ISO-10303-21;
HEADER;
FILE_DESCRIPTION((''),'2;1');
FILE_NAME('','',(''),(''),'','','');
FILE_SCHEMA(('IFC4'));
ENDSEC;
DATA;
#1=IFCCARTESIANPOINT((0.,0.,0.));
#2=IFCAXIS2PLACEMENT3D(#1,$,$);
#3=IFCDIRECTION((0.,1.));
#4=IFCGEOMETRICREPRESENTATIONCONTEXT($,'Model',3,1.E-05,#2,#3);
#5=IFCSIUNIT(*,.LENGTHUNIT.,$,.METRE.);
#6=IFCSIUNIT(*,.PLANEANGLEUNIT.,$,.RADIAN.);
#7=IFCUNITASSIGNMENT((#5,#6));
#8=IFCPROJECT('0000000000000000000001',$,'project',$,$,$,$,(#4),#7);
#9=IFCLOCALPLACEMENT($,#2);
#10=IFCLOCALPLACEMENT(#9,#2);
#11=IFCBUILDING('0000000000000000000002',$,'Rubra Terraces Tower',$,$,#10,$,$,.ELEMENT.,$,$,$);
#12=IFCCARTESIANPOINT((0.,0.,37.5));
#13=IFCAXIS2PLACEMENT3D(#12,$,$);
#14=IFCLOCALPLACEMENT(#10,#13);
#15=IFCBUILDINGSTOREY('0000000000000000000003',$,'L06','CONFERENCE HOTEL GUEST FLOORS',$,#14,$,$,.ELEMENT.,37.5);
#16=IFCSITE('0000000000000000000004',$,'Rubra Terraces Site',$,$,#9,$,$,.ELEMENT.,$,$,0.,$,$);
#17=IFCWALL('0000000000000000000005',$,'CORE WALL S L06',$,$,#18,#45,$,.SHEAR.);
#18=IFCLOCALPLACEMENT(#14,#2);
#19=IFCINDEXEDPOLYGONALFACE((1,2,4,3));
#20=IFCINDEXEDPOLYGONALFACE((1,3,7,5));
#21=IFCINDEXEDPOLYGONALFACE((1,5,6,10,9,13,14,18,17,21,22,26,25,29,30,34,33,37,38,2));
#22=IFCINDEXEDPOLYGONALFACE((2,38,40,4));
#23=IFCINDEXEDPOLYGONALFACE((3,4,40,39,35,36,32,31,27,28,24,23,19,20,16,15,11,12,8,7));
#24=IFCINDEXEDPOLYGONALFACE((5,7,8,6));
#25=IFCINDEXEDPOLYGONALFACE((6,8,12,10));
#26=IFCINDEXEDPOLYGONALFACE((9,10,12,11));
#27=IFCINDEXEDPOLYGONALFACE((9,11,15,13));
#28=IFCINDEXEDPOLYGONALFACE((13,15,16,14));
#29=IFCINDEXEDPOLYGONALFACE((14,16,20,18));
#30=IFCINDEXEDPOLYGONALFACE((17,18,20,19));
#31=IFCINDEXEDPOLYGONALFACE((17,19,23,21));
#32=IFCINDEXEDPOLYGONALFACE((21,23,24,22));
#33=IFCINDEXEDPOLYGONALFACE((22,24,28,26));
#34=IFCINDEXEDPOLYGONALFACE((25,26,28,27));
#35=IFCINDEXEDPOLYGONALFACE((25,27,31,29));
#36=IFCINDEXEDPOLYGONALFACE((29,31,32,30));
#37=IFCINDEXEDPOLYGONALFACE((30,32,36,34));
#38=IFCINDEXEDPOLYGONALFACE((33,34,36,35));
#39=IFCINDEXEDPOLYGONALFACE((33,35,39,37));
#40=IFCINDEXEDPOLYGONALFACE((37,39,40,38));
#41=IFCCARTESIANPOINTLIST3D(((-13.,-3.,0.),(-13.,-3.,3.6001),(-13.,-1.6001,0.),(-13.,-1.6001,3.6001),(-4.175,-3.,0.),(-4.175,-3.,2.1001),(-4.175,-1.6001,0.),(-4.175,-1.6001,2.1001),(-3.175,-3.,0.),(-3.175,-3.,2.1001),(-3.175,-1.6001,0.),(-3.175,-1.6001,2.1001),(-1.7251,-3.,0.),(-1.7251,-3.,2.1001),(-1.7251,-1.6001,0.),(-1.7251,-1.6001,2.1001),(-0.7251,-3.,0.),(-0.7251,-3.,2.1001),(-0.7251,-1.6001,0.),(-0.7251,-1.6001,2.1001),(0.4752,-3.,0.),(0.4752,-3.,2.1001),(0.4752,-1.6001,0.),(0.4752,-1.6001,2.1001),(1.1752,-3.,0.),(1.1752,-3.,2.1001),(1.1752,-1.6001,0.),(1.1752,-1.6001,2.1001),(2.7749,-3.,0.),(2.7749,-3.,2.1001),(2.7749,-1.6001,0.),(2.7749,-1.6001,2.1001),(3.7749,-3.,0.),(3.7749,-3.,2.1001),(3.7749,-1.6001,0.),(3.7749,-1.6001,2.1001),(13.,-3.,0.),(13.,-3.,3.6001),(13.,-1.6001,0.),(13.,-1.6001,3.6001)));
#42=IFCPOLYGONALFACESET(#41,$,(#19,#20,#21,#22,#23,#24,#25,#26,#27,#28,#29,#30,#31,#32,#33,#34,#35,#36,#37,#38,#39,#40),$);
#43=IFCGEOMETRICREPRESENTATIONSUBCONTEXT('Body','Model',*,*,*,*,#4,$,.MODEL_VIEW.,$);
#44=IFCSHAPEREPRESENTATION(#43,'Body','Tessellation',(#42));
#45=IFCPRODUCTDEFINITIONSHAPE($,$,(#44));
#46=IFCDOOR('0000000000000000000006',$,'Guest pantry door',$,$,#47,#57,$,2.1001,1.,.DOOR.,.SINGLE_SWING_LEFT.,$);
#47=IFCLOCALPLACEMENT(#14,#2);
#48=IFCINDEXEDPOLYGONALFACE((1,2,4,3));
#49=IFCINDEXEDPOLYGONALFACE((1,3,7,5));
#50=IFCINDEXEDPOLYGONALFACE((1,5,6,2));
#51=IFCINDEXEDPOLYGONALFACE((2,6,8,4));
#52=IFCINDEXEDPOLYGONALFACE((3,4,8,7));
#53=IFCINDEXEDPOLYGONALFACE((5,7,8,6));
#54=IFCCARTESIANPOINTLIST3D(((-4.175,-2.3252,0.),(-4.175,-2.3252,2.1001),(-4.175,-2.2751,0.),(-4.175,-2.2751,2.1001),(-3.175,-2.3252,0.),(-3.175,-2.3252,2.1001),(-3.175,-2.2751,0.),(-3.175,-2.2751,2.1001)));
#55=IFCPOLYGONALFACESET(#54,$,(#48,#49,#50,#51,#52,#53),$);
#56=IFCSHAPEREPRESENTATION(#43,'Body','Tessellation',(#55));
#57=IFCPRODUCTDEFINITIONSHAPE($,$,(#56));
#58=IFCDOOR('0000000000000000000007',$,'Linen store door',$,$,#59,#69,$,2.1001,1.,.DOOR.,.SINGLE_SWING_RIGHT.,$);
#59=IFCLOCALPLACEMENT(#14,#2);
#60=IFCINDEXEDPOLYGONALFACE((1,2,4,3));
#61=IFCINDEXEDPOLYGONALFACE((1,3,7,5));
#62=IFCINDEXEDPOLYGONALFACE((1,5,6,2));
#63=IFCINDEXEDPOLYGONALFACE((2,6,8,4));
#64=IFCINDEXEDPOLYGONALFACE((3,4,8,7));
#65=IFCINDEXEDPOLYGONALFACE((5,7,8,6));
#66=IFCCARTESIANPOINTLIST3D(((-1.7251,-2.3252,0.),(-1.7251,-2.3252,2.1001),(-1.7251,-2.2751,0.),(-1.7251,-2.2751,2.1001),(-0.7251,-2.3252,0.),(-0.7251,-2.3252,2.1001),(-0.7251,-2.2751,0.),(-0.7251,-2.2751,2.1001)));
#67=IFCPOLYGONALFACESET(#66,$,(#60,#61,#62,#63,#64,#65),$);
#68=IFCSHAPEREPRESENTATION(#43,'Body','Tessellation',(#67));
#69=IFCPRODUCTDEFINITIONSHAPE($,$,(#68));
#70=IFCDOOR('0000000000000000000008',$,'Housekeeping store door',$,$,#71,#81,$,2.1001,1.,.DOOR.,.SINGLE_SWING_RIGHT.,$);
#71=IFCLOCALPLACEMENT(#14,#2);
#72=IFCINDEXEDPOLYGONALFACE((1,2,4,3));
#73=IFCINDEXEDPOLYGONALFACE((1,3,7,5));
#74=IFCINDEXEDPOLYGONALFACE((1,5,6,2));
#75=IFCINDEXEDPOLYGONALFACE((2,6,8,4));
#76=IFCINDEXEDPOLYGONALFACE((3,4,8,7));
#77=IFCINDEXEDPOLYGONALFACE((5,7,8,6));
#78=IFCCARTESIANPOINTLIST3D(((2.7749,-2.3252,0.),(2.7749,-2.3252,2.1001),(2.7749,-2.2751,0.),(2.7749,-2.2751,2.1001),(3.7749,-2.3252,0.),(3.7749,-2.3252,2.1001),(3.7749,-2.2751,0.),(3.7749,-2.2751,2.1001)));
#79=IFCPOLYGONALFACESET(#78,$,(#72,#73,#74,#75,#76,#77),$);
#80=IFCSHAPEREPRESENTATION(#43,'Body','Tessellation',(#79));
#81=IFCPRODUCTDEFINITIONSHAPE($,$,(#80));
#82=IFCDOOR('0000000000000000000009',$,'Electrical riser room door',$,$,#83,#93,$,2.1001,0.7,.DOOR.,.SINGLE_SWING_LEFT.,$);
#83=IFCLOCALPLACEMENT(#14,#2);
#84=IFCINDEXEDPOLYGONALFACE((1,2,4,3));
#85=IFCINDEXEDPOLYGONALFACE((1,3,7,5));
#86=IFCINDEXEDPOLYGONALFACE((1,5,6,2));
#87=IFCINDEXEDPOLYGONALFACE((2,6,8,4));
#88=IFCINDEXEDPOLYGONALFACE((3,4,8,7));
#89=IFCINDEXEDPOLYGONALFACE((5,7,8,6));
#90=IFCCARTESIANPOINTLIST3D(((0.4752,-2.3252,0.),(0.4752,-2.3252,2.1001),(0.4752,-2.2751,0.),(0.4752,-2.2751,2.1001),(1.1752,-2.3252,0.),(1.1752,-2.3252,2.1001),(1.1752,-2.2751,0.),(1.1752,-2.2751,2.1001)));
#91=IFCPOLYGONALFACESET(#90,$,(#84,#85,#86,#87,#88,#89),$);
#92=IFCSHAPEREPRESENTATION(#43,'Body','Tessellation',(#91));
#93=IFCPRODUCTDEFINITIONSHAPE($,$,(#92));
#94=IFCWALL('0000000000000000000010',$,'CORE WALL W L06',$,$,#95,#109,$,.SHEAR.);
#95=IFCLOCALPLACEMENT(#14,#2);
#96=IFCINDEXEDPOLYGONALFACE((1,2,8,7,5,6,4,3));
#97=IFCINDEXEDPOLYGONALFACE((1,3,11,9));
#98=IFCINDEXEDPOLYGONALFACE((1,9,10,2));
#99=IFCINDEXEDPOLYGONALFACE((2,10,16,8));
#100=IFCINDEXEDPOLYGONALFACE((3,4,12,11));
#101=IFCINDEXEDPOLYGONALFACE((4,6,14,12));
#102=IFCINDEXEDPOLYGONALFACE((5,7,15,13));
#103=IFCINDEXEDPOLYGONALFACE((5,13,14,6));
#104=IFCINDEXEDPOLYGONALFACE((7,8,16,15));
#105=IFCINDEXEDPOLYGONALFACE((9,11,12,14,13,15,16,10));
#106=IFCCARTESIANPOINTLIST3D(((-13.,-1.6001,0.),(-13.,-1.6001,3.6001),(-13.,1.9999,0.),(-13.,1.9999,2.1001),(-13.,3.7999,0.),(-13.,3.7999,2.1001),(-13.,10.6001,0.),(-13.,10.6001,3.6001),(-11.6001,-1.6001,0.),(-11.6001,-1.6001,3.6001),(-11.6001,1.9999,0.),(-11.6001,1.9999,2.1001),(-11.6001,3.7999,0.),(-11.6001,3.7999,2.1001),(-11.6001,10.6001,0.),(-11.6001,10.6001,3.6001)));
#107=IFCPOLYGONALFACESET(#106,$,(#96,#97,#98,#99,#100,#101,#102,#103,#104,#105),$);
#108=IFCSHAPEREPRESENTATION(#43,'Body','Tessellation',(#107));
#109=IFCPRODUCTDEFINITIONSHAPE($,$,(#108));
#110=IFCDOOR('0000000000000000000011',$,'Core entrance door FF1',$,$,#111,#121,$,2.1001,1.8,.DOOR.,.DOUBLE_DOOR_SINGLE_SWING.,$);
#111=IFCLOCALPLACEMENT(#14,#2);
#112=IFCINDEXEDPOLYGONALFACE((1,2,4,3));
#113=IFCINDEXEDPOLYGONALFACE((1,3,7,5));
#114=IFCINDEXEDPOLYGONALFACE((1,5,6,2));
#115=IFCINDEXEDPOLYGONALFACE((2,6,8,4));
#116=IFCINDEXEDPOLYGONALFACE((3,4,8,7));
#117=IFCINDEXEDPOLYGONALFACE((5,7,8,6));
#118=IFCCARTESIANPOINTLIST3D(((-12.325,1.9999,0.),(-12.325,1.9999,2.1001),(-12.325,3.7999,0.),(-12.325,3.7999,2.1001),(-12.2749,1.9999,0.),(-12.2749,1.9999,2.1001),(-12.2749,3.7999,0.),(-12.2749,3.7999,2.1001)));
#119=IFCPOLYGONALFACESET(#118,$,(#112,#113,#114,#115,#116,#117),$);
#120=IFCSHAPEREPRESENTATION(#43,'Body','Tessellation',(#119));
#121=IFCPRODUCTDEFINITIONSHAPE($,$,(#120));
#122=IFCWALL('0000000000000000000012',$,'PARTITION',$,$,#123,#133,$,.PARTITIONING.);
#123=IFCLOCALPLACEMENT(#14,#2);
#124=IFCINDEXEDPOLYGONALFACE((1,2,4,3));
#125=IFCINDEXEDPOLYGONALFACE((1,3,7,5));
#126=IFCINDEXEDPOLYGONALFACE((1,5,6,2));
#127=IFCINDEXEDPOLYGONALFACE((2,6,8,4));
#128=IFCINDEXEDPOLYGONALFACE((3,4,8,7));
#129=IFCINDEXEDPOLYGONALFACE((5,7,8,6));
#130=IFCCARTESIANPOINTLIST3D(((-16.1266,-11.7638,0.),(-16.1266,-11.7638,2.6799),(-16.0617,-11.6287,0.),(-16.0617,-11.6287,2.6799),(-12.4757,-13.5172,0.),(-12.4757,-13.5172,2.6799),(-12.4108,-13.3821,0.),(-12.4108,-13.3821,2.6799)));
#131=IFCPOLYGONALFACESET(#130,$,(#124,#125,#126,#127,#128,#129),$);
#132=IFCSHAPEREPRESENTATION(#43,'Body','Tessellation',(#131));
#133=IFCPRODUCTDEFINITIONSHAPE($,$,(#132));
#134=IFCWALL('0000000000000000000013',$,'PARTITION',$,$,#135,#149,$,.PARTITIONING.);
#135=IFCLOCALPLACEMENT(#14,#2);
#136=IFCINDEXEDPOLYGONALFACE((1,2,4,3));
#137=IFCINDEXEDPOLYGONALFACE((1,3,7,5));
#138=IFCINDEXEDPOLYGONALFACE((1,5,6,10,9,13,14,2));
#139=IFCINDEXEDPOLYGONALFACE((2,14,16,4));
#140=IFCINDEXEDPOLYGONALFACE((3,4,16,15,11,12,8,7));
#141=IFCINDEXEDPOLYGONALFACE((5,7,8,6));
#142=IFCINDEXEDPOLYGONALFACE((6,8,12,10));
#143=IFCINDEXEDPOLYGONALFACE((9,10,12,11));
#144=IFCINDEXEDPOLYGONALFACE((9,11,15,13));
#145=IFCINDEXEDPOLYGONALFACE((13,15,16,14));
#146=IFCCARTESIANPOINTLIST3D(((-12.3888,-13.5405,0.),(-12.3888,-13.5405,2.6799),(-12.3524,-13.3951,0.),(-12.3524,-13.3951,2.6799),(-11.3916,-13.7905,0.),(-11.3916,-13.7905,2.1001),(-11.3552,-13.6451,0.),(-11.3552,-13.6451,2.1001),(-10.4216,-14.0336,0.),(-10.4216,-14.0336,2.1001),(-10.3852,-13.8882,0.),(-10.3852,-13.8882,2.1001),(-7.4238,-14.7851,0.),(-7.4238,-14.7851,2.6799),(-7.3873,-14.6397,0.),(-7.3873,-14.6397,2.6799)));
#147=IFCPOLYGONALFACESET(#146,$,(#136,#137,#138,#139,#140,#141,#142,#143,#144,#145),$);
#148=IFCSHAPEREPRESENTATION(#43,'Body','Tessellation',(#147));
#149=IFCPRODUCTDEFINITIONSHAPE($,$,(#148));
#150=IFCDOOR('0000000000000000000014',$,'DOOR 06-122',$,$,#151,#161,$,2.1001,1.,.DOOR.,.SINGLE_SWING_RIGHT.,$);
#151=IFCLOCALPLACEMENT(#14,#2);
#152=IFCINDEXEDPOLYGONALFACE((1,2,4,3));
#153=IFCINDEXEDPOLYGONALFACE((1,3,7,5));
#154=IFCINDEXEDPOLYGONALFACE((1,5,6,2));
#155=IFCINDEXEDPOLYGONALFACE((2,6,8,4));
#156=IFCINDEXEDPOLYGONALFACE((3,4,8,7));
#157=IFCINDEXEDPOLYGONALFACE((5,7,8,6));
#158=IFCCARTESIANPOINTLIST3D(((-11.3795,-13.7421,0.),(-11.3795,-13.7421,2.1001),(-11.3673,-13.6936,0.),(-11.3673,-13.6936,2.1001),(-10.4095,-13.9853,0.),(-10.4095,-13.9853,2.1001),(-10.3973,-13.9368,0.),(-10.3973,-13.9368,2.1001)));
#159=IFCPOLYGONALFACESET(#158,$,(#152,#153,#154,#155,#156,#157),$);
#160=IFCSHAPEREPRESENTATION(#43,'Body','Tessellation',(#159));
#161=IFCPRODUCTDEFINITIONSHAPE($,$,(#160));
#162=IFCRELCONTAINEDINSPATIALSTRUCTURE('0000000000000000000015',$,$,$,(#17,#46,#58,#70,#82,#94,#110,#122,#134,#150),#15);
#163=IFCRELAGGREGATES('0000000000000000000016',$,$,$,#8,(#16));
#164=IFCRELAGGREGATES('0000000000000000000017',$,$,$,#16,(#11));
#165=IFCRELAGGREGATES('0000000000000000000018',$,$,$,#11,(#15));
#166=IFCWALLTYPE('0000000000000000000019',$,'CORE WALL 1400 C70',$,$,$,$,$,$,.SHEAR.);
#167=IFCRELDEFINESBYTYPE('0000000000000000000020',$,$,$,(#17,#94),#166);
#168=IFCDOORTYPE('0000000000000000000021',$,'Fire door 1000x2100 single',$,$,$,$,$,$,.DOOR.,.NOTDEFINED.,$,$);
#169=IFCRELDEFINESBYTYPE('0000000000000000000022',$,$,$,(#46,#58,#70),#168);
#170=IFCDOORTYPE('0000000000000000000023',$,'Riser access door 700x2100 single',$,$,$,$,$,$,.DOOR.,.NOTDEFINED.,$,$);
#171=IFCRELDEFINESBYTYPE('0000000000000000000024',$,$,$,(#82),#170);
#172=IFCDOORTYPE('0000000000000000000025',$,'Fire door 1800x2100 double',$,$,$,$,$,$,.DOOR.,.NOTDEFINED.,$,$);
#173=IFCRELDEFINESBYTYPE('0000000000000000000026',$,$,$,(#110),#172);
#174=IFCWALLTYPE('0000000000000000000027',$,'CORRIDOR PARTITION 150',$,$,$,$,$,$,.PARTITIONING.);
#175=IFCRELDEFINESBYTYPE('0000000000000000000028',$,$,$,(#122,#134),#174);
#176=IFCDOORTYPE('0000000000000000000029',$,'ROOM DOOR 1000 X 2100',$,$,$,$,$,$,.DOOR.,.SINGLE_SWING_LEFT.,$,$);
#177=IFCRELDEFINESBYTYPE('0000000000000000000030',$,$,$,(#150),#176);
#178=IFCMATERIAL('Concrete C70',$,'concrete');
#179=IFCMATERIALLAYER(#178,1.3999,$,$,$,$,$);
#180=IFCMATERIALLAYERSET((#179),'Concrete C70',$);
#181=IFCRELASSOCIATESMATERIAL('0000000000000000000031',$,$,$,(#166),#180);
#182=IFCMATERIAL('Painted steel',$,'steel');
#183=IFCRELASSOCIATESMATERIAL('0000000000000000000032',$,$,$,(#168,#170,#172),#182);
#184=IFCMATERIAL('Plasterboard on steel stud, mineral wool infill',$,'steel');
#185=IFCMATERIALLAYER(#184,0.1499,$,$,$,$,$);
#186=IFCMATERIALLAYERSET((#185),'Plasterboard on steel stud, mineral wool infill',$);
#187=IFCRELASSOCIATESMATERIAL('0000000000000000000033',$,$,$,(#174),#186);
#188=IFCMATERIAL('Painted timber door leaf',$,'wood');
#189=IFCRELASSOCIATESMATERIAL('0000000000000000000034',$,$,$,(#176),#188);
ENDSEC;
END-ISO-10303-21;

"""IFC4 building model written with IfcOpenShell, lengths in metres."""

from ifc_helpers import new_model, si_unit, direction, frame, frame_2d, origin, place, context, subcontext, project, spatial, rectangle, extrude, material, layer, layer_set, type_object, element, fill, save


model = new_model("IFC4")

# Units and contexts
model_context = context("Model", 3, precision=1e-05, world=origin(), true_north=direction((0.0, 1.0)))
body_context = subcontext(model_context, "Body", "Model", "MODEL_VIEW")
ifc_project = project(units=[si_unit("LENGTHUNIT", "METRE"), si_unit("PLANEANGLEUNIT", "RADIAN")], contexts=[model_context])

# Site, building, storey
site_placement = place(None, origin())
site = spatial("IfcSite", under=ifc_project, at=site_placement, Name="Rubra Terraces Site", CompositionType="ELEMENT", RefElevation=0.0)
building_placement = place(site_placement, origin())
building = spatial("IfcBuilding", under=site, at=building_placement, Name="Rubra Terraces Tower", CompositionType="ELEMENT")
storey_placement = place(building_placement, frame((0.0, 0.0, 37.5)))
storey = spatial("IfcBuildingStorey", under=building, at=storey_placement, Name="L06", Description="CONFERENCE HOTEL GUEST FLOORS", CompositionType="ELEMENT", Elevation=37.5)

# Wall, openings, doors
ifc_material_1 = material(Name="Concrete C70", Category="concrete")
ifc_layer_1 = layer(ifc_material_1, 1.3999)
ifc_layer_set_1 = layer_set([ifc_layer_1], Name="Concrete C70")
wall_type_1 = type_object("IfcWallType", Name="CORE WALL 1400 C70", PredefinedType="SHEAR", material=ifc_layer_set_1)
wall_1_placement = place(storey_placement, frame((-13.0, -2.3, 0.0), z_axis=(0.0, 0.0, 1.0), x_axis=(1.0, 0.0, 0.0)))
wall_1 = element("IfcWall", 1, at=wall_1_placement, inside=storey, type_object=wall_type_1, Name="CORE WALL S L06", PredefinedType="SHEAR", context=body_context, shape_type="SweptSolid", body=[
    extrude(rectangle(XDim=26.0, YDim=1.3999, at=frame_2d((13.0, 0.0))), origin(), (0.0, 0.0, 1.0), 3.6001),
])
opening_1_placement = place(wall_1_placement, frame((8.825, 0.0, 0.0)))
opening_1 = element("IfcOpeningElement", 2, at=opening_1_placement, cuts=wall_1, PredefinedType="OPENING", context=body_context, shape_type="SweptSolid", body=[
    extrude(rectangle(XDim=1.0, YDim=2.1001, at=frame_2d((0.5, 1.05))), frame((0.0, 0.71, 0.0), z_axis=(0.0, -1.0, 0.0), x_axis=(1.0, 0.0, 0.0)), (0.0, 0.0, 1.0), 1.4199),
])
opening_2_placement = place(wall_1_placement, frame((11.2749, 0.0, 0.0)))
opening_2 = element("IfcOpeningElement", 3, at=opening_2_placement, cuts=wall_1, PredefinedType="OPENING", context=body_context, shape_type="SweptSolid", body=[
    extrude(rectangle(XDim=1.0, YDim=2.1001, at=frame_2d((0.5, 1.05))), frame((0.0, 0.71, 0.0), z_axis=(0.0, -1.0, 0.0), x_axis=(1.0, 0.0, 0.0)), (0.0, 0.0, 1.0), 1.4199),
])
opening_3_placement = place(wall_1_placement, frame((13.4751, 0.0, 0.0)))
opening_3 = element("IfcOpeningElement", 4, at=opening_3_placement, cuts=wall_1, PredefinedType="OPENING", context=body_context, shape_type="SweptSolid", body=[
    extrude(rectangle(XDim=0.7, YDim=2.1001, at=frame_2d((0.3501, 1.05))), frame((0.0, 0.71, 0.0), z_axis=(0.0, -1.0, 0.0), x_axis=(1.0, 0.0, 0.0)), (0.0, 0.0, 1.0), 1.4199),
])
opening_4_placement = place(wall_1_placement, frame((15.7749, 0.0, 0.0)))
opening_4 = element("IfcOpeningElement", 5, at=opening_4_placement, cuts=wall_1, PredefinedType="OPENING", context=body_context, shape_type="SweptSolid", body=[
    extrude(rectangle(XDim=1.0, YDim=2.1001, at=frame_2d((0.5, 1.05))), frame((0.0, 0.71, 0.0), z_axis=(0.0, -1.0, 0.0), x_axis=(1.0, 0.0, 0.0)), (0.0, 0.0, 1.0), 1.4199),
])
ifc_material_2 = material(Name="Painted steel", Category="steel")
door_type_1 = type_object("IfcDoorType", Name="Fire door 1000x2100 single", OperationType="NOTDEFINED", PredefinedType="DOOR", material=ifc_material_2)
door_1_placement = place(opening_1_placement, origin())
door_1 = element("IfcDoor", 6, at=door_1_placement, inside=storey, type_object=door_type_1, Name="Guest pantry door", OperationType="SINGLE_SWING_LEFT", OverallHeight=2.1001, OverallWidth=1.0, PredefinedType="DOOR", context=body_context, shape_type="SweptSolid", body=[
    extrude(rectangle(XDim=1.0, YDim=2.1001, at=frame_2d((0.5, 1.05))), frame((0.0, 0.0249, 0.0), z_axis=(0.0, -1.0, 0.0), x_axis=(1.0, 0.0, 0.0)), (0.0, 0.0, 1.0), 0.05),
])
fill(opening_1, door_1)
door_2_placement = place(opening_2_placement, origin())
door_2 = element("IfcDoor", 7, at=door_2_placement, inside=storey, type_object=door_type_1, Name="Linen store door", OperationType="SINGLE_SWING_RIGHT", OverallHeight=2.1001, OverallWidth=1.0, PredefinedType="DOOR", context=body_context, shape_type="SweptSolid", body=[
    extrude(rectangle(XDim=1.0, YDim=2.1001, at=frame_2d((0.5, 1.05))), frame((0.0, 0.0249, 0.0), z_axis=(0.0, -1.0, 0.0), x_axis=(1.0, 0.0, 0.0)), (0.0, 0.0, 1.0), 0.05),
])
fill(opening_2, door_2)
door_3_placement = place(opening_4_placement, origin())
door_3 = element("IfcDoor", 8, at=door_3_placement, inside=storey, type_object=door_type_1, Name="Housekeeping store door", OperationType="SINGLE_SWING_RIGHT", OverallHeight=2.1001, OverallWidth=1.0, PredefinedType="DOOR", context=body_context, shape_type="SweptSolid", body=[
    extrude(rectangle(XDim=1.0, YDim=2.1001, at=frame_2d((0.5, 1.05))), frame((0.0, 0.0249, 0.0), z_axis=(0.0, -1.0, 0.0), x_axis=(1.0, 0.0, 0.0)), (0.0, 0.0, 1.0), 0.05),
])
fill(opening_4, door_3)
door_type_2 = type_object("IfcDoorType", Name="Riser access door 700x2100 single", OperationType="NOTDEFINED", PredefinedType="DOOR", material=ifc_material_2)
door_4_placement = place(opening_3_placement, origin())
door_4 = element("IfcDoor", 9, at=door_4_placement, inside=storey, type_object=door_type_2, Name="Electrical riser room door", OperationType="SINGLE_SWING_LEFT", OverallHeight=2.1001, OverallWidth=0.7, PredefinedType="DOOR", context=body_context, shape_type="SweptSolid", body=[
    extrude(rectangle(XDim=0.7, YDim=2.1001, at=frame_2d((0.3501, 1.05))), frame((0.0, 0.0249, 0.0), z_axis=(0.0, -1.0, 0.0), x_axis=(1.0, 0.0, 0.0)), (0.0, 0.0, 1.0), 0.05),
])
fill(opening_3, door_4)

# Wall, opening, door
wall_2_placement = place(storey_placement, frame((-12.3, -1.6001, 0.0), z_axis=(0.0, 0.0, 1.0), x_axis=(0.0, 1.0, 0.0)))
wall_2 = element("IfcWall", 10, at=wall_2_placement, inside=storey, type_object=wall_type_1, Name="CORE WALL W L06", PredefinedType="SHEAR", context=body_context, shape_type="SweptSolid", body=[
    extrude(rectangle(XDim=12.2002, YDim=1.3999, at=frame_2d((6.1001, 0.0))), origin(), (0.0, 0.0, 1.0), 3.6001),
])
opening_5_placement = place(wall_2_placement, frame((3.6001, 0.0, 0.0)))
opening_5 = element("IfcOpeningElement", 11, at=opening_5_placement, cuts=wall_2, PredefinedType="OPENING", context=body_context, shape_type="SweptSolid", body=[
    extrude(rectangle(XDim=1.8, YDim=2.1001, at=frame_2d((0.8999, 1.05))), frame((0.0, 0.71, 0.0), z_axis=(0.0, -1.0, 0.0), x_axis=(1.0, 0.0, 0.0)), (0.0, 0.0, 1.0), 1.4199),
])
door_type_3 = type_object("IfcDoorType", Name="Fire door 1800x2100 double", OperationType="NOTDEFINED", PredefinedType="DOOR", material=ifc_material_2)
door_5_placement = place(opening_5_placement, origin())
door_5 = element("IfcDoor", 12, at=door_5_placement, inside=storey, type_object=door_type_3, Name="Core entrance door FF1", OperationType="DOUBLE_DOOR_SINGLE_SWING", OverallHeight=2.1001, OverallWidth=1.8, PredefinedType="DOOR", context=body_context, shape_type="SweptSolid", body=[
    extrude(rectangle(XDim=1.8, YDim=2.1001, at=frame_2d((0.8999, 1.05))), frame((0.0, 0.0249, 0.0), z_axis=(0.0, -1.0, 0.0), x_axis=(1.0, 0.0, 0.0)), (0.0, 0.0, 1.0), 0.05),
])
fill(opening_5, door_5)

# Wall
ifc_material_3 = material(Name="Plasterboard on steel stud, mineral wool infill", Category="steel")
ifc_layer_2 = layer(ifc_material_3, 0.1499)
ifc_layer_set_2 = layer_set([ifc_layer_2], Name="Plasterboard on steel stud, mineral wool infill")
wall_type_2 = type_object("IfcWallType", Name="CORRIDOR PARTITION 150", PredefinedType="PARTITIONING", material=ifc_layer_set_2)
wall_3_placement = place(storey_placement, frame((-16.094, -11.6963, 0.0), z_axis=(0.0, 0.0, 1.0), x_axis=(0.901427, -0.432931, 0.0)))
element("IfcWall", 13, at=wall_3_placement, inside=storey, type_object=wall_type_2, Name="PARTITION", PredefinedType="PARTITIONING", context=body_context, shape_type="SweptSolid", body=[
    extrude(rectangle(XDim=4.05, YDim=0.1499, at=frame_2d((2.0249, 0.0))), origin(), (0.0, 0.0, 1.0), 2.6799),
])

# Wall, opening, door
wall_4_placement = place(storey_placement, frame((-12.3706, -13.4678, 0.0), z_axis=(0.0, 0.0, 1.0), x_axis=(0.969988, -0.243153, 0.0)))
wall_4 = element("IfcWall", 14, at=wall_4_placement, inside=storey, type_object=wall_type_2, Name="PARTITION", PredefinedType="PARTITIONING", context=body_context, shape_type="SweptSolid", body=[
    extrude(rectangle(XDim=5.1187, YDim=0.1499, at=frame_2d((2.5593, 0.0))), origin(), (0.0, 0.0, 1.0), 2.6799),
])
opening_6_placement = place(wall_4_placement, frame((1.0281, 0.0, 0.0)))
opening_6 = element("IfcOpeningElement", 15, at=opening_6_placement, cuts=wall_4, PredefinedType="OPENING", context=body_context, shape_type="SweptSolid", body=[
    extrude(rectangle(XDim=1.0, YDim=2.1001, at=frame_2d((0.5, 1.05))), frame((0.0, 0.085, 0.0), z_axis=(0.0, -1.0, 0.0), x_axis=(1.0, 0.0, 0.0)), (0.0, 0.0, 1.0), 0.1699),
])
ifc_material_4 = material(Name="Painted timber door leaf", Category="wood")
door_type_4 = type_object("IfcDoorType", Name="ROOM DOOR 1000 X 2100", OperationType="SINGLE_SWING_LEFT", PredefinedType="DOOR", material=ifc_material_4)
door_6_placement = place(opening_6_placement, origin())
door_6 = element("IfcDoor", 16, at=door_6_placement, inside=storey, type_object=door_type_4, Name="DOOR 06-122", OperationType="SINGLE_SWING_RIGHT", OverallHeight=2.1001, OverallWidth=1.0, PredefinedType="DOOR", context=body_context, shape_type="SweptSolid", body=[
    extrude(rectangle(XDim=1.0, YDim=2.1001, at=frame_2d((0.5, 1.05))), frame((0.0, 0.0249, 0.0), z_axis=(0.0, -1.0, 0.0), x_axis=(1.0, 0.0, 0.0)), (0.0, 0.0, 1.0), 0.05),
])
fill(opening_6, door_6)

save(model, "model.ifc")
